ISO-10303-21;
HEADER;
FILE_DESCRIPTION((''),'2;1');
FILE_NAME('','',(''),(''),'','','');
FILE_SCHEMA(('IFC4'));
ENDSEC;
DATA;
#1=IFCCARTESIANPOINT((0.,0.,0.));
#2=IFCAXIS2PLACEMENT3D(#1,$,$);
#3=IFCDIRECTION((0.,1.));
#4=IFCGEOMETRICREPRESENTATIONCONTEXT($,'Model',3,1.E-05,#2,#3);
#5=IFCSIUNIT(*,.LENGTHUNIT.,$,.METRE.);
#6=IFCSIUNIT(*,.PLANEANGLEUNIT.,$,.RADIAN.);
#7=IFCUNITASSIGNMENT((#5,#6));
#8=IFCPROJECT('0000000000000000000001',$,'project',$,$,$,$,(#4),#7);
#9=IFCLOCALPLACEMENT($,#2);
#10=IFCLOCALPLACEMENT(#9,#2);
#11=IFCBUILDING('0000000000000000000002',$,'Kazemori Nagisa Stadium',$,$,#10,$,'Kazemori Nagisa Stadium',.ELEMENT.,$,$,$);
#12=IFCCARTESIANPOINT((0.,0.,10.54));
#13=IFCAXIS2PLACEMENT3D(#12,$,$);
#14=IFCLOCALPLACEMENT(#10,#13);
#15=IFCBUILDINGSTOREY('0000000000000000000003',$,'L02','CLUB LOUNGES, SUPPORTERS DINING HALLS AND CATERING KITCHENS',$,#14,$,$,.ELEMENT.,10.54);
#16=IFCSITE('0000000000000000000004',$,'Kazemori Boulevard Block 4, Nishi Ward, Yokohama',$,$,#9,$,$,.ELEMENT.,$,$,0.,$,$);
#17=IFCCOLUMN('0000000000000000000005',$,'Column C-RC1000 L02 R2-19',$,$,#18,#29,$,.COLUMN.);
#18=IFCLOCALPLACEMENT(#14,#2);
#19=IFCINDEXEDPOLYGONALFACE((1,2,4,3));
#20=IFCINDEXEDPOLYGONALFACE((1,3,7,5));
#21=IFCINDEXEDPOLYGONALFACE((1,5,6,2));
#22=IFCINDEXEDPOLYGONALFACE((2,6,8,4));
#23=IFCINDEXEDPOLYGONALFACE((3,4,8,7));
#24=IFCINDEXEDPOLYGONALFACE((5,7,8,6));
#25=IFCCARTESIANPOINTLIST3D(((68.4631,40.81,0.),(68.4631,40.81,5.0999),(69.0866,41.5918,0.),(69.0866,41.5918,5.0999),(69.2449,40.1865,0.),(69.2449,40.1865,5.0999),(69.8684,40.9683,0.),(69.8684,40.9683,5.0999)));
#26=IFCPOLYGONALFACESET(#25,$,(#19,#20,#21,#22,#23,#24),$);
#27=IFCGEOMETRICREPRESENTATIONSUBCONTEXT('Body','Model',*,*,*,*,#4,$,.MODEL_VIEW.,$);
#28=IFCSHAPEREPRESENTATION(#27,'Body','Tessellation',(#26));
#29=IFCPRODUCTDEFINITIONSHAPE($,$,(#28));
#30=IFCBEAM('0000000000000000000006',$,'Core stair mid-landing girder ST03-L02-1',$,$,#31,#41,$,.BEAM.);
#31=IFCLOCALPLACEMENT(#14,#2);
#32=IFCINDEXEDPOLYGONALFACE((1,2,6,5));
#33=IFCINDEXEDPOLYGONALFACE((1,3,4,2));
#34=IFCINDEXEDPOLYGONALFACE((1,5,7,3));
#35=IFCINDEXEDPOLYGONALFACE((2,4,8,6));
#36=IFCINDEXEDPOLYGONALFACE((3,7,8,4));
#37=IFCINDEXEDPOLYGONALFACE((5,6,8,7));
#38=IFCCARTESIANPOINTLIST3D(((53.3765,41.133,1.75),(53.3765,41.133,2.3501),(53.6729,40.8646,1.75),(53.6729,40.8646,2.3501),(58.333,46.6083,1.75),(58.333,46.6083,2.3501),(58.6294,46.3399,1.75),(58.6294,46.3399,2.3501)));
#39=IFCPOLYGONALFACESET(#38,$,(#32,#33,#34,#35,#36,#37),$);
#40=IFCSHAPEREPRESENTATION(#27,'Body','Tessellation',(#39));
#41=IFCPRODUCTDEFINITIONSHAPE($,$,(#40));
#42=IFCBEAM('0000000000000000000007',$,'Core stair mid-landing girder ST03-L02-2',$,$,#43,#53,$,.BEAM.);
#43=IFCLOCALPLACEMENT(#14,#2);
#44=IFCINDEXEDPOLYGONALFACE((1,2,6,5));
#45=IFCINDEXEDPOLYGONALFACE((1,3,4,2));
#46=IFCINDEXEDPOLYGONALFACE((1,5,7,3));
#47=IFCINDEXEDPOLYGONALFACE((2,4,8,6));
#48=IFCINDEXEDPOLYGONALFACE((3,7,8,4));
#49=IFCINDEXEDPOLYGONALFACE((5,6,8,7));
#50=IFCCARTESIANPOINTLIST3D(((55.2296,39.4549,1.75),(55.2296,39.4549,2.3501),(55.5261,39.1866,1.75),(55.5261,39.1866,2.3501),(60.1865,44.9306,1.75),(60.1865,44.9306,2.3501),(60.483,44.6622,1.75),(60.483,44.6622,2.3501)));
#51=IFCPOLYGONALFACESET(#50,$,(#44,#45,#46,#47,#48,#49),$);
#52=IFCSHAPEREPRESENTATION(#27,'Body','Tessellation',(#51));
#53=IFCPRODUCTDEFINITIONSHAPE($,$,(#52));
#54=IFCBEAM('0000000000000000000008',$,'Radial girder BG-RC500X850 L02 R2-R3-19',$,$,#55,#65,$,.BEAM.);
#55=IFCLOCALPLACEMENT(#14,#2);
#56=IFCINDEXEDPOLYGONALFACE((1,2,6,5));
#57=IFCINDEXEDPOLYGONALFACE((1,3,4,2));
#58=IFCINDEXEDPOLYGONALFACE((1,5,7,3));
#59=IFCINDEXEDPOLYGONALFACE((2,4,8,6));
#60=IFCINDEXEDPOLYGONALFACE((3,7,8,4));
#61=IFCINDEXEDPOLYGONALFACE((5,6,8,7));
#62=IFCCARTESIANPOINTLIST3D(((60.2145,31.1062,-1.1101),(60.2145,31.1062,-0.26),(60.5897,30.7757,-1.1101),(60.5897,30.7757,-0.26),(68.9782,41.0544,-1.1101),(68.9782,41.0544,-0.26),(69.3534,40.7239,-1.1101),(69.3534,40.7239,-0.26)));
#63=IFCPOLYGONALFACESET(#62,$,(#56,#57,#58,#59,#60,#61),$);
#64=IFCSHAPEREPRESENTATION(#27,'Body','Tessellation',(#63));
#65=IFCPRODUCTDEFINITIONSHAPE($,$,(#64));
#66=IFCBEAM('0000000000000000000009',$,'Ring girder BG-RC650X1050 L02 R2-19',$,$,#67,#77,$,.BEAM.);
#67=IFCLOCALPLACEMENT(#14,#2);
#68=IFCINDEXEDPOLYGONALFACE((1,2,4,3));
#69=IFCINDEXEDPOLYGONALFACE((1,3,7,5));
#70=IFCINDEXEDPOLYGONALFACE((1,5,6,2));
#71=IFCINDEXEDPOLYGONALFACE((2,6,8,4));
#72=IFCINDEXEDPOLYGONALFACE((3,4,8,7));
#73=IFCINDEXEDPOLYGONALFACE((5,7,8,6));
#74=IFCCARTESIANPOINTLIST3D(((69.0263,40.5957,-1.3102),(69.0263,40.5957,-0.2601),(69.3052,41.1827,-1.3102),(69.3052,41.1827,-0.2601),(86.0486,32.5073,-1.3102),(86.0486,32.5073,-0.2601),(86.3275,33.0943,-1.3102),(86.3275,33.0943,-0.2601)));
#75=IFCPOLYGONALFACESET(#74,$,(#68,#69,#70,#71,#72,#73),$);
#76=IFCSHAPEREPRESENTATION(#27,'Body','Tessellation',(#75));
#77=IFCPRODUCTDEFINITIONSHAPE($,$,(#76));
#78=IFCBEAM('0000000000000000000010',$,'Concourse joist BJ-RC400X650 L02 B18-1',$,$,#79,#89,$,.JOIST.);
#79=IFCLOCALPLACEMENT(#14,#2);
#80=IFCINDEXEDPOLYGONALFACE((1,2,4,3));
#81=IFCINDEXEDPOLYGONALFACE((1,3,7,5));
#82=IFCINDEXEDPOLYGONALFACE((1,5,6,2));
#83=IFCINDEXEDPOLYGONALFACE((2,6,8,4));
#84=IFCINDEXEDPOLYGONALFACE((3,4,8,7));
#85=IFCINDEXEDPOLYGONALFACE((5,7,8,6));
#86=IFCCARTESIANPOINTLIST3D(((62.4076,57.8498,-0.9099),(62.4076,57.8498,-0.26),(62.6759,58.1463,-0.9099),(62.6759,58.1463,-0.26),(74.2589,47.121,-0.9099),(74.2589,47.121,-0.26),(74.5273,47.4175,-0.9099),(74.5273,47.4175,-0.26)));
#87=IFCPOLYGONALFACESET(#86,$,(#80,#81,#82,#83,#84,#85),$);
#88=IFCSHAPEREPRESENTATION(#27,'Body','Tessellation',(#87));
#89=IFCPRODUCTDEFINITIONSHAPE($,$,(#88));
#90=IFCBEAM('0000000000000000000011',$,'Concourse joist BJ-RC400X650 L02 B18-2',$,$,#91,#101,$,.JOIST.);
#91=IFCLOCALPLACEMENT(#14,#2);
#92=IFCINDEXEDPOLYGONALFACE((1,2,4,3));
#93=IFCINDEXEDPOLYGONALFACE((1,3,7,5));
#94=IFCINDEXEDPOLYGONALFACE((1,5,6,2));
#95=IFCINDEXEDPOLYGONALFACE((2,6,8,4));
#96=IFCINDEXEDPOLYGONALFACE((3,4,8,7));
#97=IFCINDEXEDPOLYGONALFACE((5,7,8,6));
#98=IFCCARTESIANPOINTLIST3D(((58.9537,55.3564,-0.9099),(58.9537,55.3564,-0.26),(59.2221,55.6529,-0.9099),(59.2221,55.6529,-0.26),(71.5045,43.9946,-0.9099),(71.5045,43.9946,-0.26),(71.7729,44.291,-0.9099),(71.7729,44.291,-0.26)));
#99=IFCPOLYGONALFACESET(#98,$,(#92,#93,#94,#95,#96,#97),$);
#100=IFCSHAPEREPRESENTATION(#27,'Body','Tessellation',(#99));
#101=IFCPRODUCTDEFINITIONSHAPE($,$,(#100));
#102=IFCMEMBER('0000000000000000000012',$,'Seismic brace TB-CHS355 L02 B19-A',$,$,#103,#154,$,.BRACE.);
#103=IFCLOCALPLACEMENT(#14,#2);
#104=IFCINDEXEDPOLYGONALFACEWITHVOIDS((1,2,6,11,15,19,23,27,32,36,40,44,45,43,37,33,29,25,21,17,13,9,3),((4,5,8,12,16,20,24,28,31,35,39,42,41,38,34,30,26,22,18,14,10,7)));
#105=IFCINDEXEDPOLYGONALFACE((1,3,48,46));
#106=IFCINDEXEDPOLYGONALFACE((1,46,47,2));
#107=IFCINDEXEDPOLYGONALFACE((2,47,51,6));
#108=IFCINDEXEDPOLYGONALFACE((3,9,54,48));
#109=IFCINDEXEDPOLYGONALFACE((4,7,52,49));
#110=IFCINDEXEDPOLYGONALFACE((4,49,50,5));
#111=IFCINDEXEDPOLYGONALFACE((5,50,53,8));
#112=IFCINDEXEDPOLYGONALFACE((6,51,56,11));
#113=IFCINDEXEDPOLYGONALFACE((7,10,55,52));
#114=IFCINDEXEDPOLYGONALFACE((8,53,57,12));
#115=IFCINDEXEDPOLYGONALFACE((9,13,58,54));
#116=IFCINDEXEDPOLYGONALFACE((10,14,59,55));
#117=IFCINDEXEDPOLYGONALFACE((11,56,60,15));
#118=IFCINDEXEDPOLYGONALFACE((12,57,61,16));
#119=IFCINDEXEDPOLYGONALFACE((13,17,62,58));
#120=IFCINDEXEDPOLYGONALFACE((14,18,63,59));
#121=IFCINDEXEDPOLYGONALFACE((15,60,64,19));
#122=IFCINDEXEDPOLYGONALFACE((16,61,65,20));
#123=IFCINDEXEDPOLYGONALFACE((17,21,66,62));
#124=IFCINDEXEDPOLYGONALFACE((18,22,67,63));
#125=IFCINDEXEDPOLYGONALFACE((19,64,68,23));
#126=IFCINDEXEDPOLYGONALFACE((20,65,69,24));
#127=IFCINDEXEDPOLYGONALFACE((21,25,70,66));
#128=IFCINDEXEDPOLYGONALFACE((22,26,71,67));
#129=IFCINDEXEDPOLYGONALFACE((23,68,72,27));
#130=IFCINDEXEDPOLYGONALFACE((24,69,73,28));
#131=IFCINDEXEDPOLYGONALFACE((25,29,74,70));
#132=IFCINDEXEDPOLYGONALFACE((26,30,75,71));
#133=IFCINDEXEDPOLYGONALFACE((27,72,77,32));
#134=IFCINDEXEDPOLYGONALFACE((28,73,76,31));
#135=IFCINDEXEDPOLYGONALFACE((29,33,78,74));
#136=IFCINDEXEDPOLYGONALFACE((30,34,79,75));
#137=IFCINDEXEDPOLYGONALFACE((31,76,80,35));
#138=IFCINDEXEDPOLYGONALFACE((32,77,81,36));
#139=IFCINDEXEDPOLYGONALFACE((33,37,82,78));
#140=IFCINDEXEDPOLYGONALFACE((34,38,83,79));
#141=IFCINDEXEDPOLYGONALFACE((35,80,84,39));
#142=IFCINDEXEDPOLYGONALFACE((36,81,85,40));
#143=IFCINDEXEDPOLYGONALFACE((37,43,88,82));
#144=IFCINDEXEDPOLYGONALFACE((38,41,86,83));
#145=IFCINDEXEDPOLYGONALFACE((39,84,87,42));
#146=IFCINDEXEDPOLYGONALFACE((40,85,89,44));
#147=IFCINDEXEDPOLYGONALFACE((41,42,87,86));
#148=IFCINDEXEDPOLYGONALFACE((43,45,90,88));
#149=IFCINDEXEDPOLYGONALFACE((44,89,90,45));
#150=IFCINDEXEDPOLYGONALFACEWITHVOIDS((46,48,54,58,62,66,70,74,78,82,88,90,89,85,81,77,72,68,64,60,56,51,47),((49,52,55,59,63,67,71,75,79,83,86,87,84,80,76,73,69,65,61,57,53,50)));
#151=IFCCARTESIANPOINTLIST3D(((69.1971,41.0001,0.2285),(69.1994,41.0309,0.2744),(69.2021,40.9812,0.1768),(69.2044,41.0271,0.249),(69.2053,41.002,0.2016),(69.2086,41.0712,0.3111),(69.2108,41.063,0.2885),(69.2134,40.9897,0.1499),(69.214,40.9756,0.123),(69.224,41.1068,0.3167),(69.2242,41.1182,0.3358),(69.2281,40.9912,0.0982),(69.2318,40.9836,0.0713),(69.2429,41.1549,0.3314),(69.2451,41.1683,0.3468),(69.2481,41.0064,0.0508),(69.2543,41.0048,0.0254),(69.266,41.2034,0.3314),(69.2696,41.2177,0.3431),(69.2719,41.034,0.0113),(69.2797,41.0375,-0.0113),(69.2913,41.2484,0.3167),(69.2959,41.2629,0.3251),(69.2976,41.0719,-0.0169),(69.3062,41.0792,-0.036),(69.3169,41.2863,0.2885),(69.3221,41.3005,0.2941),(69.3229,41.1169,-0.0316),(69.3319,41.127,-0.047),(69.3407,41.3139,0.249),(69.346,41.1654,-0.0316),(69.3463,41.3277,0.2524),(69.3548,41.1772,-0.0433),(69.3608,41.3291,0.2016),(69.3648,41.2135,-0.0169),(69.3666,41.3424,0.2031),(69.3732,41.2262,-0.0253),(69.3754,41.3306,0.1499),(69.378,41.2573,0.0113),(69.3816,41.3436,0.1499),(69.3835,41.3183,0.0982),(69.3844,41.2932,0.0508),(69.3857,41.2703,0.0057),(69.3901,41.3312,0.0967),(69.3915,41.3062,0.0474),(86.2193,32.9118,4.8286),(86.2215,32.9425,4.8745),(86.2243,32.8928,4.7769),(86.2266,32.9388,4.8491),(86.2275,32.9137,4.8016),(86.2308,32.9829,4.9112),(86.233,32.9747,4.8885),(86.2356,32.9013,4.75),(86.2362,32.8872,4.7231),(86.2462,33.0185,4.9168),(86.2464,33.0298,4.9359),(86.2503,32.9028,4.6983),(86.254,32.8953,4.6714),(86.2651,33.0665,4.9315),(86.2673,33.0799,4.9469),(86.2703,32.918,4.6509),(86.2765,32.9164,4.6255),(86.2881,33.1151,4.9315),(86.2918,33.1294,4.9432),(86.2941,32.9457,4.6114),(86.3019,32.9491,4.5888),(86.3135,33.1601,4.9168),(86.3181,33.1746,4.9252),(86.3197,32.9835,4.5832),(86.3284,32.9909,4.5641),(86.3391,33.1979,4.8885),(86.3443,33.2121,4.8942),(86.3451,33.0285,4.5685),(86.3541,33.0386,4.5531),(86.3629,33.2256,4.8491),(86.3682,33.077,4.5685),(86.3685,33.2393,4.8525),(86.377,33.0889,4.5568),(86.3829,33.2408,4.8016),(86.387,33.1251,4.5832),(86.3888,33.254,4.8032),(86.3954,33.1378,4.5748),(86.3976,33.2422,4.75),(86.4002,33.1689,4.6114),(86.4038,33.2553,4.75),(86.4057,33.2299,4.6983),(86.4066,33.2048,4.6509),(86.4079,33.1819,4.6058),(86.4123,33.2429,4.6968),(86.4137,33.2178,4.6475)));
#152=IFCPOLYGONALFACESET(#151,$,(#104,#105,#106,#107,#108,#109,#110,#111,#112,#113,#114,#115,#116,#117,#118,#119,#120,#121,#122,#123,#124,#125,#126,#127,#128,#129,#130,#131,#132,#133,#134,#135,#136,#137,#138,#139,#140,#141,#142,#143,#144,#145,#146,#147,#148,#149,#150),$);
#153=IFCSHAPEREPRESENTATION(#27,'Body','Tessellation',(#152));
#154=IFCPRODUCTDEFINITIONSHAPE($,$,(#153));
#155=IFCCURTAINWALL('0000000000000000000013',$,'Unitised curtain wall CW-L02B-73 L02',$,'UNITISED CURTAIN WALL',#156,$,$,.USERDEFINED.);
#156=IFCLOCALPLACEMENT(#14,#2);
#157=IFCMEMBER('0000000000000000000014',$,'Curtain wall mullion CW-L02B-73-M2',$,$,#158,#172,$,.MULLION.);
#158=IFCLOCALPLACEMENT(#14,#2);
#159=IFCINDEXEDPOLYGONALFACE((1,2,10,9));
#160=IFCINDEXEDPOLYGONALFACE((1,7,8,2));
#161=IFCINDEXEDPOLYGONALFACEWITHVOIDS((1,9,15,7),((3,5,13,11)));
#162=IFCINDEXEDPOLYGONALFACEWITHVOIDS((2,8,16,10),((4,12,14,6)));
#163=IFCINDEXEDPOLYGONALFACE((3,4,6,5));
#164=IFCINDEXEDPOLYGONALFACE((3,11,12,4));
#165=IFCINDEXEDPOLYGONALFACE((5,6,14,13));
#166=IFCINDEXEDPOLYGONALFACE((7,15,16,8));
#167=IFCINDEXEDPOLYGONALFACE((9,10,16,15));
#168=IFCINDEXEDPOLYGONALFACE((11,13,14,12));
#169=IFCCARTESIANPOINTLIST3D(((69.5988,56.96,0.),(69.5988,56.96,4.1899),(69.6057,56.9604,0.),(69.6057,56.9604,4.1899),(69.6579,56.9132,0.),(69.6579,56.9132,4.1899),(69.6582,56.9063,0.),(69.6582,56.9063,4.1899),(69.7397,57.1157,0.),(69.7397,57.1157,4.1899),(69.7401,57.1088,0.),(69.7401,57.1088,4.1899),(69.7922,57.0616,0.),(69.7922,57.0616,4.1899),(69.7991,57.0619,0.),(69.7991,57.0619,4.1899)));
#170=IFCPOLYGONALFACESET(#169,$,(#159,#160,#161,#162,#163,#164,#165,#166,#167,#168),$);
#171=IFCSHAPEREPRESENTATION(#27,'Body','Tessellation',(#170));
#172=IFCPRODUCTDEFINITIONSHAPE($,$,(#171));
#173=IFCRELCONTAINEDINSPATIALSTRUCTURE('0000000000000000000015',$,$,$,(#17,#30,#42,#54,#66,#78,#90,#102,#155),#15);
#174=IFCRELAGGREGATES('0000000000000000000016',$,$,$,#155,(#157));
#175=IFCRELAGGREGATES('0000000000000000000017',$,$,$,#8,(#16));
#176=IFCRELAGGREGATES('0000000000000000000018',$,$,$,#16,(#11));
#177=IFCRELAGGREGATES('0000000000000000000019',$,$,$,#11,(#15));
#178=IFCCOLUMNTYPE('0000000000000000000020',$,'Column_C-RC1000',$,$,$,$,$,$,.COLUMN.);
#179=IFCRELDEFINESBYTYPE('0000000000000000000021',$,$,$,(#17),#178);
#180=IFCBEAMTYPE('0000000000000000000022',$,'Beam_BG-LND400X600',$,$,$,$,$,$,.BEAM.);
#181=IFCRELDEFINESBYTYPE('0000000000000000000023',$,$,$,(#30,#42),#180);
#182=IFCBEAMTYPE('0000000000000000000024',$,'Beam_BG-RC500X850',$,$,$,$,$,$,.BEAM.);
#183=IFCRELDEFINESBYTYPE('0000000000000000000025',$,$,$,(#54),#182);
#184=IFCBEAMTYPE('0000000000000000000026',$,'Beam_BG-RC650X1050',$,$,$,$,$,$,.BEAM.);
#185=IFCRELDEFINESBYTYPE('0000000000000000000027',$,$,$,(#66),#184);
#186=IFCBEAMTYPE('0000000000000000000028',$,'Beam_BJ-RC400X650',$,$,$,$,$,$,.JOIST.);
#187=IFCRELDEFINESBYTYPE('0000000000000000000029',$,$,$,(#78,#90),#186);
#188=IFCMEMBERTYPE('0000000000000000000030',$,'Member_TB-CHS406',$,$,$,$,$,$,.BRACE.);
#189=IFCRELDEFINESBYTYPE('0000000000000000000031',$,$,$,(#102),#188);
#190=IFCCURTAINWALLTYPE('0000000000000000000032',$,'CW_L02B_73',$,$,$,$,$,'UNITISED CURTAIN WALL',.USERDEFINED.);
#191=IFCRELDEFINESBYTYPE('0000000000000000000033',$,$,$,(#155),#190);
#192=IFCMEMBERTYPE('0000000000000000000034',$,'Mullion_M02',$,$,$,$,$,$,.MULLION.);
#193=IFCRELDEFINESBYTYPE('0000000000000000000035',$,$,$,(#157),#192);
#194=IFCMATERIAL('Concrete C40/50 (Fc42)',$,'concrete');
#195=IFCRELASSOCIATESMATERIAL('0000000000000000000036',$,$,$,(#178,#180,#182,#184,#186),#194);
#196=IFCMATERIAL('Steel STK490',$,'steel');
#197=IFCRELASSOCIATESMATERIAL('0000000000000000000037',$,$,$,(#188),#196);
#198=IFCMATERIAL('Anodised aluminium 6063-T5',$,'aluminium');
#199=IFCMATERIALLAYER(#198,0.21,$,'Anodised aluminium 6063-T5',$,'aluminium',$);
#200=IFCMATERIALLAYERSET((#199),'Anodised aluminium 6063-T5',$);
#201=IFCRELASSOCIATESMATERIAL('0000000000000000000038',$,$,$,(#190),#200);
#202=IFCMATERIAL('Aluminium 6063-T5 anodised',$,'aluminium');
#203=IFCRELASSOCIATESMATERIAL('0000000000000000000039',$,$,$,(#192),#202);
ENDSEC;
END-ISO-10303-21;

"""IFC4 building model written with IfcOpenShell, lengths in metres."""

from ifc_helpers import new_model, si_unit, direction, frame, origin, origin_2d, place, context, subcontext, project, spatial, rectangle, hollow_rectangle, hollow_circle, extrude, material, layer, layer_set, material_profile, profile_set, type_object, element, aggregate, save


model = new_model("IFC4")

# Units and contexts
model_context = context("Model", 3, precision=1e-05, world=origin(), true_north=direction((0.0, 1.0)))
body_context = subcontext(model_context, "Body", "Model", "MODEL_VIEW")
ifc_project = project(units=[si_unit("LENGTHUNIT", "METRE"), si_unit("PLANEANGLEUNIT", "RADIAN")], contexts=[model_context])

# Site, building, storey
site_placement = place(None, origin())
site = spatial("IfcSite", under=ifc_project, at=site_placement, Name="Kazemori Boulevard Block 4, Nishi Ward, Yokohama", CompositionType="ELEMENT", RefElevation=0.0)
building_placement = place(site_placement, origin())
building = spatial("IfcBuilding", under=site, at=building_placement, Name="Kazemori Nagisa Stadium", LongName="Kazemori Nagisa Stadium", CompositionType="ELEMENT")
storey_placement = place(building_placement, frame((0.0, 0.0, 10.54)))
storey = spatial("IfcBuildingStorey", under=building, at=storey_placement, Name="L02", Description="CLUB LOUNGES, SUPPORTERS DINING HALLS AND CATERING KITCHENS", CompositionType="ELEMENT", Elevation=10.54)

# Column
ifc_material_1 = material(Name="Concrete C40/50 (Fc42)", Category="concrete")
ifc_material_profile_1 = material_profile(ifc_material_1, rectangle(XDim=1.0, YDim=1.0, at=origin_2d()), Name="RC-COL-1000x1000")
ifc_profile_set_1 = profile_set([ifc_material_profile_1], Name="Concrete C40/50 (Fc42)")
column_type = type_object("IfcColumnType", Name="Column_C-RC1000", PredefinedType="COLUMN", material=ifc_profile_set_1)
column_placement = place(storey_placement, frame((69.1658, 40.8892, 0.0), z_axis=(0.0, 0.0, 1.0), x_axis=(-0.62349, -0.781831, 0.0)))
element("IfcColumn", 1, at=column_placement, inside=storey, type_object=column_type, Name="Column C-RC1000 L02 R2-19", PredefinedType="COLUMN", context=body_context, shape_type="SweptSolid", body=[
    extrude(rectangle(XDim=1.0, YDim=1.0, at=origin_2d()), origin(), (0.0, 0.0, 1.0), 5.0999),
])

# Beams
ifc_material_profile_2 = material_profile(ifc_material_1, rectangle(XDim=0.3999, YDim=0.6001, at=origin_2d()), Name="RC-BM-400x600")
ifc_profile_set_2 = profile_set([ifc_material_profile_2], Name="Concrete C40/50 (Fc42)")
beam_type_1 = type_object("IfcBeamType", Name="Beam_BG-LND400X600", PredefinedType="BEAM", material=ifc_profile_set_2)
beam_1_placement = place(storey_placement, frame((58.4812, 46.4741, 2.05), z_axis=(-0.671112, -0.741356, 0.0), x_axis=(0.741356, -0.671112, 0.0)))
element("IfcBeam", 2, at=beam_1_placement, inside=storey, type_object=beam_type_1, Name="Core stair mid-landing girder ST03-L02-1", PredefinedType="BEAM", context=body_context, shape_type="SweptSolid", body=[
    extrude(rectangle(XDim=0.3999, YDim=0.6001, at=origin_2d()), origin(), (0.0, 0.0, 1.0), 7.3855),
])
beam_2_placement = place(storey_placement, frame((60.3347, 44.7964, 2.05), z_axis=(-0.671113, -0.741355, 0.0), x_axis=(0.741355, -0.671113, 0.0)))
element("IfcBeam", 3, at=beam_2_placement, inside=storey, type_object=beam_type_1, Name="Core stair mid-landing girder ST03-L02-2", PredefinedType="BEAM", context=body_context, shape_type="SweptSolid", body=[
    extrude(rectangle(XDim=0.3999, YDim=0.6001, at=origin_2d()), origin(), (0.0, 0.0, 1.0), 7.386),
])
ifc_material_profile_3 = material_profile(ifc_material_1, rectangle(XDim=0.5, YDim=0.8501, at=origin_2d()), Name="RC-BM-500x850")
ifc_profile_set_3 = profile_set([ifc_material_profile_3], Name="Concrete C40/50 (Fc42)")
beam_type_2 = type_object("IfcBeamType", Name="Beam_BG-RC500X850", PredefinedType="BEAM", material=ifc_profile_set_3)
beam_3_placement = place(storey_placement, frame((69.1658, 40.8892, -0.6851), z_axis=(-0.66102, -0.750369, 0.0), x_axis=(0.750369, -0.66102, 0.0)))
element("IfcBeam", 4, at=beam_3_placement, inside=storey, type_object=beam_type_2, Name="Radial girder BG-RC500X850 L02 R2-R3-19", PredefinedType="BEAM", context=body_context, shape_type="SweptSolid", body=[
    extrude(rectangle(XDim=0.5, YDim=0.8501, at=origin_2d()), origin(), (0.0, 0.0, 1.0), 13.2578),
])
ifc_material_profile_4 = material_profile(ifc_material_1, rectangle(XDim=0.6499, YDim=1.05, at=origin_2d()), Name="RC-BM-650x1050")
ifc_profile_set_4 = profile_set([ifc_material_profile_4], Name="Concrete C40/50 (Fc42)")
beam_type_3 = type_object("IfcBeamType", Name="Beam_BG-RC650X1050", PredefinedType="BEAM", material=ifc_profile_set_4)
beam_4_placement = place(storey_placement, frame((69.1658, 40.8892, -0.7852), z_axis=(0.903219, -0.429179, 0.0), x_axis=(0.429179, 0.903219, 0.0)))
element("IfcBeam", 5, at=beam_4_placement, inside=storey, type_object=beam_type_3, Name="Ring girder BG-RC650X1050 L02 R2-19", PredefinedType="BEAM", context=body_context, shape_type="SweptSolid", body=[
    extrude(rectangle(XDim=0.6499, YDim=1.05, at=origin_2d()), origin(), (0.0, 0.0, 1.0), 18.8462),
])
ifc_material_profile_5 = material_profile(ifc_material_1, rectangle(XDim=0.3999, YDim=0.6499, at=origin_2d()), Name="RC-BM-400x650")
ifc_profile_set_5 = profile_set([ifc_material_profile_5], Name="Concrete C40/50 (Fc42)")
beam_type_4 = type_object("IfcBeamType", Name="Beam_BJ-RC400X650", PredefinedType="JOIST", material=ifc_profile_set_5)
beam_5_placement = place(storey_placement, frame((62.5417, 57.998, -0.585), z_axis=(0.741345, -0.671124, 0.0), x_axis=(0.671124, 0.741345, 0.0)))
element("IfcBeam", 6, at=beam_5_placement, inside=storey, type_object=beam_type_4, Name="Concourse joist BJ-RC400X650 L02 B18-1", PredefinedType="JOIST", context=body_context, shape_type="SweptSolid", body=[
    extrude(rectangle(XDim=0.3999, YDim=0.6499, at=origin_2d()), origin(), (0.0, 0.0, 1.0), 15.9863),
])
beam_6_placement = place(storey_placement, frame((59.0879, 55.5046, -0.585), z_axis=(0.741349, -0.671119, 0.0), x_axis=(0.671119, 0.741349, 0.0)))
element("IfcBeam", 7, at=beam_6_placement, inside=storey, type_object=beam_type_4, Name="Concourse joist BJ-RC400X650 L02 B18-2", PredefinedType="JOIST", context=body_context, shape_type="SweptSolid", body=[
    extrude(rectangle(XDim=0.3999, YDim=0.6499, at=origin_2d()), origin(), (0.0, 0.0, 1.0), 16.9297),
])

# Member
ifc_material_2 = material(Name="Steel STK490", Category="steel")
ifc_material_profile_6 = material_profile(ifc_material_2, hollow_circle(Radius=0.2031, WallThickness=0.0144, at=origin_2d()), Name="CHS-406.4x14.3")
ifc_profile_set_6 = profile_set([ifc_material_profile_6], Name="Steel STK490")
member_type_1 = type_object("IfcMemberType", Name="Member_TB-CHS406", PredefinedType="BRACE", material=ifc_profile_set_6)
member_1_placement = place(storey_placement, frame((69.2944, 41.1602, 0.1499), z_axis=(0.877459, -0.416939, 0.237125), x_axis=(0.429179, 0.903219, 0.0)))
element("IfcMember", 8, at=member_1_placement, inside=storey, type_object=member_type_1, Name="Seismic brace TB-CHS355 L02 B19-A", PredefinedType="BRACE", context=body_context, shape_type="SweptSolid", body=[
    extrude(hollow_circle(Radius=0.2031, WallThickness=0.0144, at=origin_2d()), origin(), (0.0, 0.0, 1.0), 19.3994),
])

# Curtain wall, member
ifc_material_3 = material(Name="Anodised aluminium 6063-T5", Category="aluminium")
ifc_layer_1 = layer(ifc_material_3, 0.21, Name="Anodised aluminium 6063-T5", Category="aluminium")
ifc_layer_set_1 = layer_set([ifc_layer_1], Name="Anodised aluminium 6063-T5")
curtain_wall_type = type_object("IfcCurtainWallType", Name="CW_L02B_73", ElementType="UNITISED CURTAIN WALL", PredefinedType="USERDEFINED", material=ifc_layer_set_1)
curtain_wall_placement = place(storey_placement, origin())
curtain_wall = element("IfcCurtainWall", 9, at=curtain_wall_placement, inside=storey, type_object=curtain_wall_type, Name="Unitised curtain wall CW-L02B-73 L02", ObjectType="UNITISED CURTAIN WALL", PredefinedType="USERDEFINED")
ifc_material_4 = material(Name="Aluminium 6063-T5 anodised", Category="aluminium")
ifc_material_profile_7 = material_profile(ifc_material_4, hollow_rectangle(XDim=0.0801, YDim=0.21, WallThickness=0.0049, at=origin_2d()), Name="ALU-MULL-80x210x5")
ifc_profile_set_7 = profile_set([ifc_material_profile_7], Name="Aluminium 6063-T5 anodised")
member_type_2 = type_object("IfcMemberType", Name="Mullion_M02", PredefinedType="MULLION", material=ifc_profile_set_7)
member_2_placement = place(storey_placement, frame((69.699, 57.011, 0.0), z_axis=(0.0, 0.0, 1.0), x_axis=(0.741351, -0.671118, 0.0)))
member_2 = element("IfcMember", 10, at=member_2_placement, type_object=member_type_2, Name="Curtain wall mullion CW-L02B-73-M2", PredefinedType="MULLION", context=body_context, shape_type="SweptSolid", body=[
    extrude(hollow_rectangle(XDim=0.0801, YDim=0.21, WallThickness=0.0049, at=origin_2d()), origin(), (0.0, 0.0, 1.0), 4.1899),
])
aggregate(curtain_wall, [member_2])

save(model, "model.ifc")
